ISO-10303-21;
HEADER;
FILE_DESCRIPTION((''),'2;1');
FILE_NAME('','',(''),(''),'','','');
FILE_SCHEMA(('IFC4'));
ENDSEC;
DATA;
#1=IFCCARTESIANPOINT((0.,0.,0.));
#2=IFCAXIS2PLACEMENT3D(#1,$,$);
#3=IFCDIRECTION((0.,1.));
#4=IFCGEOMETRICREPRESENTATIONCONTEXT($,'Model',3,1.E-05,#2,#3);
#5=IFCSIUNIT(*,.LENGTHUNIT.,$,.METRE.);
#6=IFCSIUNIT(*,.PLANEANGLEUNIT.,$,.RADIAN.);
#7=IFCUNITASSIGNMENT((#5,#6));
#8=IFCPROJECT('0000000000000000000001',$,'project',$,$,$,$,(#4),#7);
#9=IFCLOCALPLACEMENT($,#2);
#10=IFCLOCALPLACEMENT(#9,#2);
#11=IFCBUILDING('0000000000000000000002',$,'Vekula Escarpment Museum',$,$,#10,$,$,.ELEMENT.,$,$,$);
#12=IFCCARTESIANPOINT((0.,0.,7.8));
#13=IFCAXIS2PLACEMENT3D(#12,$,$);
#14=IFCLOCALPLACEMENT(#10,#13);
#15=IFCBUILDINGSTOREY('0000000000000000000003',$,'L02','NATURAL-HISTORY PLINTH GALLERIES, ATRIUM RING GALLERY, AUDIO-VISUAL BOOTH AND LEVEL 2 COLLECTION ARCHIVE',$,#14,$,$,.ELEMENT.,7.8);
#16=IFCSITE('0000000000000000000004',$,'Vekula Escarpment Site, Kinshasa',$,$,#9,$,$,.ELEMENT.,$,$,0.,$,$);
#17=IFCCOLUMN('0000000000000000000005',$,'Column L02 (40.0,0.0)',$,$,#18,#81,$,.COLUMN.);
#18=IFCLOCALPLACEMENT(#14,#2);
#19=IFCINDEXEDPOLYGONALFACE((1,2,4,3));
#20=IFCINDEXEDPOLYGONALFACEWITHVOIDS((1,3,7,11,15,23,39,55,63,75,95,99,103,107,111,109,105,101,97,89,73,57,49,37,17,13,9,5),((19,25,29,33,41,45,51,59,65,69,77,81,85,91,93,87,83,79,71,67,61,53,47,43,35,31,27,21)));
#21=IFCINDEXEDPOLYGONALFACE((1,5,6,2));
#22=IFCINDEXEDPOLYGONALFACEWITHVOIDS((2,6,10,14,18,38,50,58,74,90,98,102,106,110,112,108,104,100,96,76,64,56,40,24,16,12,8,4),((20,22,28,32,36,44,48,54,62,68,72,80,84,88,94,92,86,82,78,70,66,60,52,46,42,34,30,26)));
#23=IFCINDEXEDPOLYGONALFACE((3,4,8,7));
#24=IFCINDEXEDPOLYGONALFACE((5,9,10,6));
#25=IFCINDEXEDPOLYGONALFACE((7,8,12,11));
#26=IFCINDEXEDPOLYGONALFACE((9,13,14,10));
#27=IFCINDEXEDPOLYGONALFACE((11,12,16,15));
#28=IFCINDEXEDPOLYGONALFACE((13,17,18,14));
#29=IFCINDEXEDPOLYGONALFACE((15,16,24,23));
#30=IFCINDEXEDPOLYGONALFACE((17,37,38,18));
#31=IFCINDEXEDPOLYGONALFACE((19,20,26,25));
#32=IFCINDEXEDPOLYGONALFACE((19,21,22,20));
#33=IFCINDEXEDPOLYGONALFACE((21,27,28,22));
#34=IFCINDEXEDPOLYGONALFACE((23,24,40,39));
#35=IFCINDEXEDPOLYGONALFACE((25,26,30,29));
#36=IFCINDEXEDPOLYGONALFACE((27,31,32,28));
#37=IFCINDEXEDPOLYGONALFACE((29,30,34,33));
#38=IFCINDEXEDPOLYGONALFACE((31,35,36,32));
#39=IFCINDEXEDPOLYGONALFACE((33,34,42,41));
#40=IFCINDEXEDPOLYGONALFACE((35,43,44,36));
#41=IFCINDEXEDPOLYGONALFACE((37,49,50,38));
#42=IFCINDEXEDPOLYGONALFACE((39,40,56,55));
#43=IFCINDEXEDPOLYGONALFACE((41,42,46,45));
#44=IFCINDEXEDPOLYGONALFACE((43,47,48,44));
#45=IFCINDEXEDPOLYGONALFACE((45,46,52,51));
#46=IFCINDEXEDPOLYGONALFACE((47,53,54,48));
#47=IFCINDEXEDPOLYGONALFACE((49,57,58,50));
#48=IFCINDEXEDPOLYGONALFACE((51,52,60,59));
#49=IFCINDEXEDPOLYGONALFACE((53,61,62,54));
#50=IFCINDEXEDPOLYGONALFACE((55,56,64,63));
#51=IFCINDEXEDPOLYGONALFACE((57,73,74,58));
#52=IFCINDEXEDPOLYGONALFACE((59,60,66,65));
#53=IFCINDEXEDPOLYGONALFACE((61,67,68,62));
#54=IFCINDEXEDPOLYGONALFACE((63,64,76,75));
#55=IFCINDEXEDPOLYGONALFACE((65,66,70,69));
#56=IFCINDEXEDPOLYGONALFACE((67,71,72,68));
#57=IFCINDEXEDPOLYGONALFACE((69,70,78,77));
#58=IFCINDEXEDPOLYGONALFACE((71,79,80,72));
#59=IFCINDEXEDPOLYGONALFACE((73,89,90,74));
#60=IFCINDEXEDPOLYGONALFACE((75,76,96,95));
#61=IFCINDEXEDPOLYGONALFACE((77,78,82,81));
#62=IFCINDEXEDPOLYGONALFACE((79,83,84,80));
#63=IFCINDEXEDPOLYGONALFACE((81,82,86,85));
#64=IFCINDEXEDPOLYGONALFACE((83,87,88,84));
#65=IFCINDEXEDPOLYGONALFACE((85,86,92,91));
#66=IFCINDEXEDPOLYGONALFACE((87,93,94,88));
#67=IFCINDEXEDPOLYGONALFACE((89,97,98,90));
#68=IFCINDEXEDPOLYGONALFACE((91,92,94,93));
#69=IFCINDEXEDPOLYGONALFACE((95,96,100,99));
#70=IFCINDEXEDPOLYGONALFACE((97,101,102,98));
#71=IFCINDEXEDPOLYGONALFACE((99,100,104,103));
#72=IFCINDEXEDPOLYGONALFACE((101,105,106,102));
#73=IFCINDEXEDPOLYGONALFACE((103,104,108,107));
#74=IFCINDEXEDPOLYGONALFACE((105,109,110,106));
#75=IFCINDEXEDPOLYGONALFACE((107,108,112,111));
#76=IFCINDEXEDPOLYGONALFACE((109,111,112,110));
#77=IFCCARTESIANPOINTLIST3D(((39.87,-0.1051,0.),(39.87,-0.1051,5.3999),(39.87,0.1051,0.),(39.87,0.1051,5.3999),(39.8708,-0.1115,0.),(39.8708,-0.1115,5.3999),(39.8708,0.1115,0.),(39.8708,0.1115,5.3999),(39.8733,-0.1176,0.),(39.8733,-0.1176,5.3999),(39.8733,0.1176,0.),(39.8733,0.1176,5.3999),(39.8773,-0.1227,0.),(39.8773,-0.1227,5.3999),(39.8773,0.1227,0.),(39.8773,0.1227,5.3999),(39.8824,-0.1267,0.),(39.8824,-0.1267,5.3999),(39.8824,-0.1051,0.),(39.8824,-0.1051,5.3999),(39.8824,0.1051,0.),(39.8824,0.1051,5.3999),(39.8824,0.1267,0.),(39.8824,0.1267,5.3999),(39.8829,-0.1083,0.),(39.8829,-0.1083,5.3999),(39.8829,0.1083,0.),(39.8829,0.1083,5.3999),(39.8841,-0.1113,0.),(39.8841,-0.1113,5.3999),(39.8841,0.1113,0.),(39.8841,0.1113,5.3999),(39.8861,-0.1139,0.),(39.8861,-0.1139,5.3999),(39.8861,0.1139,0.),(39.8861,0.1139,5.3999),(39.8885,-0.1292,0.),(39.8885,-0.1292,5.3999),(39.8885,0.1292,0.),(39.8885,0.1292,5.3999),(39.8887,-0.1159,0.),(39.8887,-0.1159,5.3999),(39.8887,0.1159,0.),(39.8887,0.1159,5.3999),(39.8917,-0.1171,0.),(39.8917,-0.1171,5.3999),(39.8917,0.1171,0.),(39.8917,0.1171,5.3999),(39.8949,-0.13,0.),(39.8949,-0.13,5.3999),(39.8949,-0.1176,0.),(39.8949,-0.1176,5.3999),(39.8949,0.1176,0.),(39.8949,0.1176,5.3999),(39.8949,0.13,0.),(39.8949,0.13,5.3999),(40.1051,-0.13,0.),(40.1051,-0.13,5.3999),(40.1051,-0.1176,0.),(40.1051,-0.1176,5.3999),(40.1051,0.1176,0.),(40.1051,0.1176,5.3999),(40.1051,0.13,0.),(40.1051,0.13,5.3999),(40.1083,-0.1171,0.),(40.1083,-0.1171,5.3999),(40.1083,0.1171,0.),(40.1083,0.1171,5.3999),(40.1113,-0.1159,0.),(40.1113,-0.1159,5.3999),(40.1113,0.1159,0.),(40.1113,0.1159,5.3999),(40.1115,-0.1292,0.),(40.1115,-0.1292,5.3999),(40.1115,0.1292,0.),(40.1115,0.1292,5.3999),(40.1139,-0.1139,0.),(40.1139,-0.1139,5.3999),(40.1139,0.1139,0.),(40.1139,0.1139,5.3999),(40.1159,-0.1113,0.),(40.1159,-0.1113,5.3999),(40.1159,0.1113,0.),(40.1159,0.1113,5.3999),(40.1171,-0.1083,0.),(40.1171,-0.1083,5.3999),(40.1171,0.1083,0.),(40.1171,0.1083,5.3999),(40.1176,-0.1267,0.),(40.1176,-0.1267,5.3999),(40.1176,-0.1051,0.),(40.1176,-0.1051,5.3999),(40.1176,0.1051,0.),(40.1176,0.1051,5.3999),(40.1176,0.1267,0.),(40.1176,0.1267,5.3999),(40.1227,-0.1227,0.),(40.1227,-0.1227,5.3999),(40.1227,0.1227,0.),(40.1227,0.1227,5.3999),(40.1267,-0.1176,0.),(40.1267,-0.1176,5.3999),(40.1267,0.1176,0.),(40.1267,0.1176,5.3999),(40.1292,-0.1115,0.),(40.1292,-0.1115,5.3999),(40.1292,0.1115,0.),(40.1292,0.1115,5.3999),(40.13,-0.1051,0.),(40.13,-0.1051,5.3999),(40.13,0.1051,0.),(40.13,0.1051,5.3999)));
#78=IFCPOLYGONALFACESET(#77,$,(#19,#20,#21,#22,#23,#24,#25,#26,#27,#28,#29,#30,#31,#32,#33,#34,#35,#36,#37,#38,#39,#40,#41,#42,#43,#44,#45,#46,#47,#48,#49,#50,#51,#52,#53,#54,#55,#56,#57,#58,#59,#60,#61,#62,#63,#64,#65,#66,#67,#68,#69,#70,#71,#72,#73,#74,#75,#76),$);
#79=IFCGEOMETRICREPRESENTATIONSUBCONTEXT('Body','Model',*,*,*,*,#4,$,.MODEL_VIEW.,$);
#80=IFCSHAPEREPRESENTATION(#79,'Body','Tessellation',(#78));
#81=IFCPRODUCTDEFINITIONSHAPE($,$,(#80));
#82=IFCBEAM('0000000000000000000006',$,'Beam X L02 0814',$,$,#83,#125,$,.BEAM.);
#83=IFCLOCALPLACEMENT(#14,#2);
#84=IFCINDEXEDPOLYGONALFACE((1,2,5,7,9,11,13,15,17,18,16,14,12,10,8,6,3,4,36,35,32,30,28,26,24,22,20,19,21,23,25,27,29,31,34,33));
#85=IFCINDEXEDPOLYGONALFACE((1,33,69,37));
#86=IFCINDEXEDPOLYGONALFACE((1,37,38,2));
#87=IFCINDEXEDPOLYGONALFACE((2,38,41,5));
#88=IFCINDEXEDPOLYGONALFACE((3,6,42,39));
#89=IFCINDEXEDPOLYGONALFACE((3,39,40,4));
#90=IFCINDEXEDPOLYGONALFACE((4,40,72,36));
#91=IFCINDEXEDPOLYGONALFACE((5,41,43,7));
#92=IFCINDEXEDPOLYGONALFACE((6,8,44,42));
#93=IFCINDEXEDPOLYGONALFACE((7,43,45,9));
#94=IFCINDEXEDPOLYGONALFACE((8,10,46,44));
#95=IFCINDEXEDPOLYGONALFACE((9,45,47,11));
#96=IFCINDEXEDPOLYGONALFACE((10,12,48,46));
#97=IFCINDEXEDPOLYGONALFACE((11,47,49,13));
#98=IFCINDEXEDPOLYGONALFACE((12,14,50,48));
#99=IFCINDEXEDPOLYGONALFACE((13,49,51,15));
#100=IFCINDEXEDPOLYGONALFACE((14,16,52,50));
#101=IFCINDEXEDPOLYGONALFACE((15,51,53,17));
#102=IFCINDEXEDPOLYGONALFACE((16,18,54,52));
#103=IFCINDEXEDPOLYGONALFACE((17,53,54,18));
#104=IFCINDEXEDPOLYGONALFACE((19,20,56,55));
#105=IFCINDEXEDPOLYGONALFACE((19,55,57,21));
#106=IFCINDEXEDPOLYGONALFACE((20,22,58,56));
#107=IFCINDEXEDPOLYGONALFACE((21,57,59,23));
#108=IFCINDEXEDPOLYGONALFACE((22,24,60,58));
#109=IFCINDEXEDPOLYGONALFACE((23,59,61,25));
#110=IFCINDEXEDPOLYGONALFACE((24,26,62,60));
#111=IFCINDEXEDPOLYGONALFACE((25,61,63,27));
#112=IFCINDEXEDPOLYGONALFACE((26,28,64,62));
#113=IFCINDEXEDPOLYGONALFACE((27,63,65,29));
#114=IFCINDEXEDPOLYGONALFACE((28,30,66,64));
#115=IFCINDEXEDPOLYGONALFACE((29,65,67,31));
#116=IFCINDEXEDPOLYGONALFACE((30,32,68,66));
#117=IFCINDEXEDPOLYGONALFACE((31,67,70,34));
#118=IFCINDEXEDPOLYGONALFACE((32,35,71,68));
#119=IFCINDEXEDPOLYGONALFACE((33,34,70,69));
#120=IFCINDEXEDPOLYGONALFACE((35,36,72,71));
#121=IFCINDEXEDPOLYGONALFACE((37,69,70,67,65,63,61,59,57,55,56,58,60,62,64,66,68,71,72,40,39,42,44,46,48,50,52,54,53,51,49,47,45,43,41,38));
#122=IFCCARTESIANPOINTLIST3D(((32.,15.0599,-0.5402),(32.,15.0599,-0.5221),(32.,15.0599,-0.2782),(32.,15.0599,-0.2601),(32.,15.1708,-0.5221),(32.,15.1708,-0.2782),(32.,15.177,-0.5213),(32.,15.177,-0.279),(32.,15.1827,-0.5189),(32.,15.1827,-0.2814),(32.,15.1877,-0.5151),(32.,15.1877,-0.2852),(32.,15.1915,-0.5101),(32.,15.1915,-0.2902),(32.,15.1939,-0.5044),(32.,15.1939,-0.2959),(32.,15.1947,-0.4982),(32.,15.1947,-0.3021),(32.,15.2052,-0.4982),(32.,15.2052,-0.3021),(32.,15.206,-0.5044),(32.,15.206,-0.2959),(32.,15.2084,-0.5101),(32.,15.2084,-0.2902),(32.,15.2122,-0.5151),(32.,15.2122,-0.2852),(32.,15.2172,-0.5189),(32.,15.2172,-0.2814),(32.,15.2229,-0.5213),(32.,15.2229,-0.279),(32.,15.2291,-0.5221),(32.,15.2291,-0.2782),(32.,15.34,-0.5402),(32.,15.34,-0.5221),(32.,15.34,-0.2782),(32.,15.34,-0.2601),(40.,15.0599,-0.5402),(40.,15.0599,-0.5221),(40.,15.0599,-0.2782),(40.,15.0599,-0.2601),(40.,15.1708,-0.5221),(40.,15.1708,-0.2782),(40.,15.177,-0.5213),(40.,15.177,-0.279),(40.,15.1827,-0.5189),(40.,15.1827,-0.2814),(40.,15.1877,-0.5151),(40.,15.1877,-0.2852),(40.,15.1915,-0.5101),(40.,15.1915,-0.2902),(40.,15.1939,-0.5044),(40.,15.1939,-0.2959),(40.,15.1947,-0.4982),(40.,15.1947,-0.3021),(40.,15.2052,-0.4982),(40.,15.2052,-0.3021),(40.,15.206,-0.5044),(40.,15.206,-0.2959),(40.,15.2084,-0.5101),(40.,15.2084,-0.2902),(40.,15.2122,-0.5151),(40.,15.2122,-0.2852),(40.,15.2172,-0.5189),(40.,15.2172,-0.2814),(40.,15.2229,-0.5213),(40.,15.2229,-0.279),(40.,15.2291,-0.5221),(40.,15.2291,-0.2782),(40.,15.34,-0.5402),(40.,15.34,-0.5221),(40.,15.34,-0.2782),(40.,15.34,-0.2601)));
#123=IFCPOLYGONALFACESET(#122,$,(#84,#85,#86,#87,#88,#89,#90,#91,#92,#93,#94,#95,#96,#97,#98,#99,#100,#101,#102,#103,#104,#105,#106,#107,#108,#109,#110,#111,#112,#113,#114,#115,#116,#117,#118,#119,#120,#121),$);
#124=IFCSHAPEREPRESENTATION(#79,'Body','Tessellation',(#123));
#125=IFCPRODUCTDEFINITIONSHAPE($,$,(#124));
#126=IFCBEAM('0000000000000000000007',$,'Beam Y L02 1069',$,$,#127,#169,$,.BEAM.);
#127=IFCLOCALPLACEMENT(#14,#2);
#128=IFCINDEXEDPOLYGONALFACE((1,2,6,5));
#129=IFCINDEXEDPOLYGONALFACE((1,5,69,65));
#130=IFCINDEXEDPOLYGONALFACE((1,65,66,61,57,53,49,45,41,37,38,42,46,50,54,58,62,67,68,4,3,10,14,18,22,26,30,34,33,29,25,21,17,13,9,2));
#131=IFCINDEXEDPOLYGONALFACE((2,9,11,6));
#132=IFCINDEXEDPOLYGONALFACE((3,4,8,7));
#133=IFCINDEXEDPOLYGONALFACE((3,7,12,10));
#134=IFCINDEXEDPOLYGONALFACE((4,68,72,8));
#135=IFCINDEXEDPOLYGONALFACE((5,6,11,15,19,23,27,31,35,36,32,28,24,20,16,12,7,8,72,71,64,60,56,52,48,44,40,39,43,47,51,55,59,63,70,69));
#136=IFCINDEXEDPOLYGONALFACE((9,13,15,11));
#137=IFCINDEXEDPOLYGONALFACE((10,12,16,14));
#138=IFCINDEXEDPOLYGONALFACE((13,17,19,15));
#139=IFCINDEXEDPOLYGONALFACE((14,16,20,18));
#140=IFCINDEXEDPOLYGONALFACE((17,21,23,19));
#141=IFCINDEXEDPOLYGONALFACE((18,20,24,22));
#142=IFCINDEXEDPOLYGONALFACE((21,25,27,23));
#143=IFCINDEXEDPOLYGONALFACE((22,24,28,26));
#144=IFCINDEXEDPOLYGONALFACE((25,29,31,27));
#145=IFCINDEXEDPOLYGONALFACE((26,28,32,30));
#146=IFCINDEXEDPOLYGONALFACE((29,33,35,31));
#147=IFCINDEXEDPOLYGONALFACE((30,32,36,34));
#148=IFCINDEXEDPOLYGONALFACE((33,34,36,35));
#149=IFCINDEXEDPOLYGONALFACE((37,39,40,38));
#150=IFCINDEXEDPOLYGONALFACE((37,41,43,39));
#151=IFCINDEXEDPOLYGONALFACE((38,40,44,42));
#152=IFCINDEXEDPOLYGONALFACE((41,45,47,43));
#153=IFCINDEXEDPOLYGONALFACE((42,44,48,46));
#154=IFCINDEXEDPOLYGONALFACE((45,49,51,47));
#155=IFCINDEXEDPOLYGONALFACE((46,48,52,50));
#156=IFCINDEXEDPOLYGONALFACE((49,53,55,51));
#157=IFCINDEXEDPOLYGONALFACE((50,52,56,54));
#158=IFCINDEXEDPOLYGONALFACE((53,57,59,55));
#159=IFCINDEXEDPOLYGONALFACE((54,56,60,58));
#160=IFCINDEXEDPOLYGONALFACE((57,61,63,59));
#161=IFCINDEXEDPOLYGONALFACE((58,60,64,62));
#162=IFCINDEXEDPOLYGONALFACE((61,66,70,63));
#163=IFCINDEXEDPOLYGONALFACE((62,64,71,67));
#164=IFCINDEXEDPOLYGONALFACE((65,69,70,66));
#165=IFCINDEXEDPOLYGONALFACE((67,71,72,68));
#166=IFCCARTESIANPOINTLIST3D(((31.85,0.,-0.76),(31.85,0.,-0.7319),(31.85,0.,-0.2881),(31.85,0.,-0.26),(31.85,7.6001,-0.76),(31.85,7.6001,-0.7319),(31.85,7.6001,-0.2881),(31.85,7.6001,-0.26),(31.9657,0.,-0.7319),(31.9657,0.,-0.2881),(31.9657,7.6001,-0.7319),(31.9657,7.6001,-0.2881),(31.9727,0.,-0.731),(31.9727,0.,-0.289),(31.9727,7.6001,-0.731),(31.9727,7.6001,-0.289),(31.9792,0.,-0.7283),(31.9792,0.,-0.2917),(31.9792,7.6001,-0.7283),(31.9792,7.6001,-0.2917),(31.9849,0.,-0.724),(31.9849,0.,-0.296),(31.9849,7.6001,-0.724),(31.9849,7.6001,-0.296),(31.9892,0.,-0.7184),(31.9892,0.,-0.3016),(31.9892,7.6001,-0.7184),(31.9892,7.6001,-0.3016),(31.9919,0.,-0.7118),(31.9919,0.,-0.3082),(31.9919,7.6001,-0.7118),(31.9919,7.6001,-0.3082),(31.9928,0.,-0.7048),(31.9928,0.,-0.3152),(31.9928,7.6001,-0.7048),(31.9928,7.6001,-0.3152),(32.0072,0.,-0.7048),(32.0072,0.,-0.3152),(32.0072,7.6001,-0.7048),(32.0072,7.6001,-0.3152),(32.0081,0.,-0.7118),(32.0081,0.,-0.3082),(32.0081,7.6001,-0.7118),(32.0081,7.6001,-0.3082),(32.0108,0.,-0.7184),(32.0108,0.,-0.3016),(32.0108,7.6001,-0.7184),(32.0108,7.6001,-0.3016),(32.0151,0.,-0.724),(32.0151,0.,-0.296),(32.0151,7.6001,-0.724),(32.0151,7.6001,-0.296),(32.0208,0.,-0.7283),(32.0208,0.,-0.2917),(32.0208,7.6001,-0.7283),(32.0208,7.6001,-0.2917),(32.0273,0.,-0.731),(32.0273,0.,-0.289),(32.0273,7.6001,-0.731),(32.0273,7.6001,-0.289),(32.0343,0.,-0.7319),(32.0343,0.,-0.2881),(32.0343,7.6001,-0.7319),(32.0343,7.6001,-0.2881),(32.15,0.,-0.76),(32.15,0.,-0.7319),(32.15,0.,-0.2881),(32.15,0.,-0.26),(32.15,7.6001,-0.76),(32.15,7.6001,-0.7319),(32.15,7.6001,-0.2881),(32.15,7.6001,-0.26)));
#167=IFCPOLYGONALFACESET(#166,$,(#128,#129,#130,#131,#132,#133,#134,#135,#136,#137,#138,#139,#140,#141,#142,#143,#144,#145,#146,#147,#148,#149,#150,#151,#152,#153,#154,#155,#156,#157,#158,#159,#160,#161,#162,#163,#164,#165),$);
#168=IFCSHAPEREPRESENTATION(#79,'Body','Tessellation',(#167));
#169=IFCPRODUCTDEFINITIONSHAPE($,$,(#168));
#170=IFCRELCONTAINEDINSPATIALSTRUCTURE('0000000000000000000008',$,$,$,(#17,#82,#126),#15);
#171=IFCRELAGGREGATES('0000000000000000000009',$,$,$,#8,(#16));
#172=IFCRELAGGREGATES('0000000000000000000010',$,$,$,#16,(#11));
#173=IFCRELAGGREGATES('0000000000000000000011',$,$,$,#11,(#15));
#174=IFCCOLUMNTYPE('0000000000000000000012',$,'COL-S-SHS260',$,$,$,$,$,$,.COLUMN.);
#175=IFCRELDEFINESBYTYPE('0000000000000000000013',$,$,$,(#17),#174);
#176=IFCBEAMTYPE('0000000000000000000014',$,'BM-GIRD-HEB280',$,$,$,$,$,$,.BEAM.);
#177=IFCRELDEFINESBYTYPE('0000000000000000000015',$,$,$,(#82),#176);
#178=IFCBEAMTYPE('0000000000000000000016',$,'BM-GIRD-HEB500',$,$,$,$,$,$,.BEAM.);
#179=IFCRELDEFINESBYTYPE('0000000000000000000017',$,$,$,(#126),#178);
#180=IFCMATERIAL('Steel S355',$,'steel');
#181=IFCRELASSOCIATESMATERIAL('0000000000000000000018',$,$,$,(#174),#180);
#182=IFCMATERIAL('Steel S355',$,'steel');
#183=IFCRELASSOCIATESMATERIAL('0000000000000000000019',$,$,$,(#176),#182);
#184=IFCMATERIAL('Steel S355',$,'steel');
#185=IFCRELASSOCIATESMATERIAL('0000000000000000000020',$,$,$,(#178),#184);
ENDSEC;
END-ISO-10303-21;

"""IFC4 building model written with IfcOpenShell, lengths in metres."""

from ifc_helpers import new_model, si_unit, direction, frame, origin, origin_2d, place, context, subcontext, project, spatial, hollow_rectangle, i_section, extrude, material, material_profile, profile_set, type_object, element, save


model = new_model("IFC4")

# Units and contexts
model_context = context("Model", 3, precision=1e-05, world=origin(), true_north=direction((0.0, 1.0)))
body_context = subcontext(model_context, "Body", "Model", "MODEL_VIEW")
ifc_project = project(units=[si_unit("LENGTHUNIT", "METRE"), si_unit("PLANEANGLEUNIT", "RADIAN")], contexts=[model_context])

# Site, building, storey
site_placement = place(None, origin())
site = spatial("IfcSite", under=ifc_project, at=site_placement, Name="Vekula Escarpment Site, Kinshasa", CompositionType="ELEMENT", RefElevation=0.0)
building_placement = place(site_placement, origin())
building = spatial("IfcBuilding", under=site, at=building_placement, Name="Vekula Escarpment Museum", CompositionType="ELEMENT")
storey_placement = place(building_placement, frame((0.0, 0.0, 7.8)))
storey = spatial("IfcBuildingStorey", under=building, at=storey_placement, Name="L02", Description="NATURAL-HISTORY PLINTH GALLERIES, ATRIUM RING GALLERY, AUDIO-VISUAL BOOTH AND LEVEL 2 COLLECTION ARCHIVE", CompositionType="ELEMENT", Elevation=7.8)

# Column
ifc_material_1 = material(Name="Steel S355", Category="steel")
ifc_material_profile_1 = material_profile(ifc_material_1, hollow_rectangle(XDim=0.26, YDim=0.26, WallThickness=0.0125, InnerFilletRadius=0.0125, OuterFilletRadius=0.0249, at=origin_2d()), Name="SHS 260x260x12.5")
ifc_profile_set_1 = profile_set([ifc_material_profile_1], Name="Steel S355")
column_type_1 = type_object("IfcColumnType", Name="COL-S-SHS260", PredefinedType="COLUMN", material=ifc_profile_set_1)
for number, where, z_axis, x_axis, name in (
    (1, (40.0, 0.0, 0.0), (0.0, 0.0, 1.0), (1.0, 0.0, 0.0), "Column L02 (40.0,0.0)"),
):
    element("IfcColumn", number, at=place(storey_placement, frame(where, z_axis=z_axis, x_axis=x_axis)), inside=storey, type_object=column_type_1, Name=name, PredefinedType="COLUMN", context=body_context, shape_type="SweptSolid", body=[
        extrude(hollow_rectangle(XDim=0.26, YDim=0.26, WallThickness=0.0125, InnerFilletRadius=0.0125, OuterFilletRadius=0.0249, at=origin_2d()), origin(), (0.0, 0.0, 1.0), 5.3999),
    ])

# Beams
ifc_material_2 = material(Name="Steel S355", Category="steel")
ifc_material_profile_2 = material_profile(ifc_material_2, i_section(OverallWidth=0.28, OverallDepth=0.28, WebThickness=0.0105, FlangeThickness=0.0181, FilletRadius=0.0239, at=origin_2d()), Name="HEB 280")
ifc_profile_set_2 = profile_set([ifc_material_profile_2], Name="Steel S355")
beam_type_1 = type_object("IfcBeamType", Name="BM-GIRD-HEB280", PredefinedType="BEAM", material=ifc_profile_set_2)
beam_1_placement = place(storey_placement, frame((32.0, 15.2, -0.4001), z_axis=(1.0, 0.0, 0.0), x_axis=(0.0, 1.0, 0.0)))
element("IfcBeam", 2, at=beam_1_placement, inside=storey, type_object=beam_type_1, Name="Beam X L02 0814", PredefinedType="BEAM", context=body_context, shape_type="SweptSolid", body=[
    extrude(i_section(OverallWidth=0.28, OverallDepth=0.28, WebThickness=0.0105, FlangeThickness=0.0181, FilletRadius=0.0239, at=origin_2d()), origin(), (0.0, 0.0, 1.0), 8.0),
])
ifc_material_3 = material(Name="Steel S355", Category="steel")
ifc_material_profile_3 = material_profile(ifc_material_3, i_section(OverallWidth=0.3, OverallDepth=0.5, WebThickness=0.0144, FlangeThickness=0.0281, FilletRadius=0.0271, at=origin_2d()), Name="HEB 500")
ifc_profile_set_3 = profile_set([ifc_material_profile_3], Name="Steel S355")
beam_type_2 = type_object("IfcBeamType", Name="BM-GIRD-HEB500", PredefinedType="BEAM", material=ifc_profile_set_3)
beam_2_placement = place(storey_placement, frame((32.0, 0.0, -0.51), z_axis=(0.0, 1.0, 0.0), x_axis=(-1.0, 0.0, 0.0)))
element("IfcBeam", 3, at=beam_2_placement, inside=storey, type_object=beam_type_2, Name="Beam Y L02 1069", PredefinedType="BEAM", context=body_context, shape_type="SweptSolid", body=[
    extrude(i_section(OverallWidth=0.3, OverallDepth=0.5, WebThickness=0.0144, FlangeThickness=0.0281, FilletRadius=0.0271, at=origin_2d()), origin(), (0.0, 0.0, 1.0), 7.6001),
])

save(model, "model.ifc")
